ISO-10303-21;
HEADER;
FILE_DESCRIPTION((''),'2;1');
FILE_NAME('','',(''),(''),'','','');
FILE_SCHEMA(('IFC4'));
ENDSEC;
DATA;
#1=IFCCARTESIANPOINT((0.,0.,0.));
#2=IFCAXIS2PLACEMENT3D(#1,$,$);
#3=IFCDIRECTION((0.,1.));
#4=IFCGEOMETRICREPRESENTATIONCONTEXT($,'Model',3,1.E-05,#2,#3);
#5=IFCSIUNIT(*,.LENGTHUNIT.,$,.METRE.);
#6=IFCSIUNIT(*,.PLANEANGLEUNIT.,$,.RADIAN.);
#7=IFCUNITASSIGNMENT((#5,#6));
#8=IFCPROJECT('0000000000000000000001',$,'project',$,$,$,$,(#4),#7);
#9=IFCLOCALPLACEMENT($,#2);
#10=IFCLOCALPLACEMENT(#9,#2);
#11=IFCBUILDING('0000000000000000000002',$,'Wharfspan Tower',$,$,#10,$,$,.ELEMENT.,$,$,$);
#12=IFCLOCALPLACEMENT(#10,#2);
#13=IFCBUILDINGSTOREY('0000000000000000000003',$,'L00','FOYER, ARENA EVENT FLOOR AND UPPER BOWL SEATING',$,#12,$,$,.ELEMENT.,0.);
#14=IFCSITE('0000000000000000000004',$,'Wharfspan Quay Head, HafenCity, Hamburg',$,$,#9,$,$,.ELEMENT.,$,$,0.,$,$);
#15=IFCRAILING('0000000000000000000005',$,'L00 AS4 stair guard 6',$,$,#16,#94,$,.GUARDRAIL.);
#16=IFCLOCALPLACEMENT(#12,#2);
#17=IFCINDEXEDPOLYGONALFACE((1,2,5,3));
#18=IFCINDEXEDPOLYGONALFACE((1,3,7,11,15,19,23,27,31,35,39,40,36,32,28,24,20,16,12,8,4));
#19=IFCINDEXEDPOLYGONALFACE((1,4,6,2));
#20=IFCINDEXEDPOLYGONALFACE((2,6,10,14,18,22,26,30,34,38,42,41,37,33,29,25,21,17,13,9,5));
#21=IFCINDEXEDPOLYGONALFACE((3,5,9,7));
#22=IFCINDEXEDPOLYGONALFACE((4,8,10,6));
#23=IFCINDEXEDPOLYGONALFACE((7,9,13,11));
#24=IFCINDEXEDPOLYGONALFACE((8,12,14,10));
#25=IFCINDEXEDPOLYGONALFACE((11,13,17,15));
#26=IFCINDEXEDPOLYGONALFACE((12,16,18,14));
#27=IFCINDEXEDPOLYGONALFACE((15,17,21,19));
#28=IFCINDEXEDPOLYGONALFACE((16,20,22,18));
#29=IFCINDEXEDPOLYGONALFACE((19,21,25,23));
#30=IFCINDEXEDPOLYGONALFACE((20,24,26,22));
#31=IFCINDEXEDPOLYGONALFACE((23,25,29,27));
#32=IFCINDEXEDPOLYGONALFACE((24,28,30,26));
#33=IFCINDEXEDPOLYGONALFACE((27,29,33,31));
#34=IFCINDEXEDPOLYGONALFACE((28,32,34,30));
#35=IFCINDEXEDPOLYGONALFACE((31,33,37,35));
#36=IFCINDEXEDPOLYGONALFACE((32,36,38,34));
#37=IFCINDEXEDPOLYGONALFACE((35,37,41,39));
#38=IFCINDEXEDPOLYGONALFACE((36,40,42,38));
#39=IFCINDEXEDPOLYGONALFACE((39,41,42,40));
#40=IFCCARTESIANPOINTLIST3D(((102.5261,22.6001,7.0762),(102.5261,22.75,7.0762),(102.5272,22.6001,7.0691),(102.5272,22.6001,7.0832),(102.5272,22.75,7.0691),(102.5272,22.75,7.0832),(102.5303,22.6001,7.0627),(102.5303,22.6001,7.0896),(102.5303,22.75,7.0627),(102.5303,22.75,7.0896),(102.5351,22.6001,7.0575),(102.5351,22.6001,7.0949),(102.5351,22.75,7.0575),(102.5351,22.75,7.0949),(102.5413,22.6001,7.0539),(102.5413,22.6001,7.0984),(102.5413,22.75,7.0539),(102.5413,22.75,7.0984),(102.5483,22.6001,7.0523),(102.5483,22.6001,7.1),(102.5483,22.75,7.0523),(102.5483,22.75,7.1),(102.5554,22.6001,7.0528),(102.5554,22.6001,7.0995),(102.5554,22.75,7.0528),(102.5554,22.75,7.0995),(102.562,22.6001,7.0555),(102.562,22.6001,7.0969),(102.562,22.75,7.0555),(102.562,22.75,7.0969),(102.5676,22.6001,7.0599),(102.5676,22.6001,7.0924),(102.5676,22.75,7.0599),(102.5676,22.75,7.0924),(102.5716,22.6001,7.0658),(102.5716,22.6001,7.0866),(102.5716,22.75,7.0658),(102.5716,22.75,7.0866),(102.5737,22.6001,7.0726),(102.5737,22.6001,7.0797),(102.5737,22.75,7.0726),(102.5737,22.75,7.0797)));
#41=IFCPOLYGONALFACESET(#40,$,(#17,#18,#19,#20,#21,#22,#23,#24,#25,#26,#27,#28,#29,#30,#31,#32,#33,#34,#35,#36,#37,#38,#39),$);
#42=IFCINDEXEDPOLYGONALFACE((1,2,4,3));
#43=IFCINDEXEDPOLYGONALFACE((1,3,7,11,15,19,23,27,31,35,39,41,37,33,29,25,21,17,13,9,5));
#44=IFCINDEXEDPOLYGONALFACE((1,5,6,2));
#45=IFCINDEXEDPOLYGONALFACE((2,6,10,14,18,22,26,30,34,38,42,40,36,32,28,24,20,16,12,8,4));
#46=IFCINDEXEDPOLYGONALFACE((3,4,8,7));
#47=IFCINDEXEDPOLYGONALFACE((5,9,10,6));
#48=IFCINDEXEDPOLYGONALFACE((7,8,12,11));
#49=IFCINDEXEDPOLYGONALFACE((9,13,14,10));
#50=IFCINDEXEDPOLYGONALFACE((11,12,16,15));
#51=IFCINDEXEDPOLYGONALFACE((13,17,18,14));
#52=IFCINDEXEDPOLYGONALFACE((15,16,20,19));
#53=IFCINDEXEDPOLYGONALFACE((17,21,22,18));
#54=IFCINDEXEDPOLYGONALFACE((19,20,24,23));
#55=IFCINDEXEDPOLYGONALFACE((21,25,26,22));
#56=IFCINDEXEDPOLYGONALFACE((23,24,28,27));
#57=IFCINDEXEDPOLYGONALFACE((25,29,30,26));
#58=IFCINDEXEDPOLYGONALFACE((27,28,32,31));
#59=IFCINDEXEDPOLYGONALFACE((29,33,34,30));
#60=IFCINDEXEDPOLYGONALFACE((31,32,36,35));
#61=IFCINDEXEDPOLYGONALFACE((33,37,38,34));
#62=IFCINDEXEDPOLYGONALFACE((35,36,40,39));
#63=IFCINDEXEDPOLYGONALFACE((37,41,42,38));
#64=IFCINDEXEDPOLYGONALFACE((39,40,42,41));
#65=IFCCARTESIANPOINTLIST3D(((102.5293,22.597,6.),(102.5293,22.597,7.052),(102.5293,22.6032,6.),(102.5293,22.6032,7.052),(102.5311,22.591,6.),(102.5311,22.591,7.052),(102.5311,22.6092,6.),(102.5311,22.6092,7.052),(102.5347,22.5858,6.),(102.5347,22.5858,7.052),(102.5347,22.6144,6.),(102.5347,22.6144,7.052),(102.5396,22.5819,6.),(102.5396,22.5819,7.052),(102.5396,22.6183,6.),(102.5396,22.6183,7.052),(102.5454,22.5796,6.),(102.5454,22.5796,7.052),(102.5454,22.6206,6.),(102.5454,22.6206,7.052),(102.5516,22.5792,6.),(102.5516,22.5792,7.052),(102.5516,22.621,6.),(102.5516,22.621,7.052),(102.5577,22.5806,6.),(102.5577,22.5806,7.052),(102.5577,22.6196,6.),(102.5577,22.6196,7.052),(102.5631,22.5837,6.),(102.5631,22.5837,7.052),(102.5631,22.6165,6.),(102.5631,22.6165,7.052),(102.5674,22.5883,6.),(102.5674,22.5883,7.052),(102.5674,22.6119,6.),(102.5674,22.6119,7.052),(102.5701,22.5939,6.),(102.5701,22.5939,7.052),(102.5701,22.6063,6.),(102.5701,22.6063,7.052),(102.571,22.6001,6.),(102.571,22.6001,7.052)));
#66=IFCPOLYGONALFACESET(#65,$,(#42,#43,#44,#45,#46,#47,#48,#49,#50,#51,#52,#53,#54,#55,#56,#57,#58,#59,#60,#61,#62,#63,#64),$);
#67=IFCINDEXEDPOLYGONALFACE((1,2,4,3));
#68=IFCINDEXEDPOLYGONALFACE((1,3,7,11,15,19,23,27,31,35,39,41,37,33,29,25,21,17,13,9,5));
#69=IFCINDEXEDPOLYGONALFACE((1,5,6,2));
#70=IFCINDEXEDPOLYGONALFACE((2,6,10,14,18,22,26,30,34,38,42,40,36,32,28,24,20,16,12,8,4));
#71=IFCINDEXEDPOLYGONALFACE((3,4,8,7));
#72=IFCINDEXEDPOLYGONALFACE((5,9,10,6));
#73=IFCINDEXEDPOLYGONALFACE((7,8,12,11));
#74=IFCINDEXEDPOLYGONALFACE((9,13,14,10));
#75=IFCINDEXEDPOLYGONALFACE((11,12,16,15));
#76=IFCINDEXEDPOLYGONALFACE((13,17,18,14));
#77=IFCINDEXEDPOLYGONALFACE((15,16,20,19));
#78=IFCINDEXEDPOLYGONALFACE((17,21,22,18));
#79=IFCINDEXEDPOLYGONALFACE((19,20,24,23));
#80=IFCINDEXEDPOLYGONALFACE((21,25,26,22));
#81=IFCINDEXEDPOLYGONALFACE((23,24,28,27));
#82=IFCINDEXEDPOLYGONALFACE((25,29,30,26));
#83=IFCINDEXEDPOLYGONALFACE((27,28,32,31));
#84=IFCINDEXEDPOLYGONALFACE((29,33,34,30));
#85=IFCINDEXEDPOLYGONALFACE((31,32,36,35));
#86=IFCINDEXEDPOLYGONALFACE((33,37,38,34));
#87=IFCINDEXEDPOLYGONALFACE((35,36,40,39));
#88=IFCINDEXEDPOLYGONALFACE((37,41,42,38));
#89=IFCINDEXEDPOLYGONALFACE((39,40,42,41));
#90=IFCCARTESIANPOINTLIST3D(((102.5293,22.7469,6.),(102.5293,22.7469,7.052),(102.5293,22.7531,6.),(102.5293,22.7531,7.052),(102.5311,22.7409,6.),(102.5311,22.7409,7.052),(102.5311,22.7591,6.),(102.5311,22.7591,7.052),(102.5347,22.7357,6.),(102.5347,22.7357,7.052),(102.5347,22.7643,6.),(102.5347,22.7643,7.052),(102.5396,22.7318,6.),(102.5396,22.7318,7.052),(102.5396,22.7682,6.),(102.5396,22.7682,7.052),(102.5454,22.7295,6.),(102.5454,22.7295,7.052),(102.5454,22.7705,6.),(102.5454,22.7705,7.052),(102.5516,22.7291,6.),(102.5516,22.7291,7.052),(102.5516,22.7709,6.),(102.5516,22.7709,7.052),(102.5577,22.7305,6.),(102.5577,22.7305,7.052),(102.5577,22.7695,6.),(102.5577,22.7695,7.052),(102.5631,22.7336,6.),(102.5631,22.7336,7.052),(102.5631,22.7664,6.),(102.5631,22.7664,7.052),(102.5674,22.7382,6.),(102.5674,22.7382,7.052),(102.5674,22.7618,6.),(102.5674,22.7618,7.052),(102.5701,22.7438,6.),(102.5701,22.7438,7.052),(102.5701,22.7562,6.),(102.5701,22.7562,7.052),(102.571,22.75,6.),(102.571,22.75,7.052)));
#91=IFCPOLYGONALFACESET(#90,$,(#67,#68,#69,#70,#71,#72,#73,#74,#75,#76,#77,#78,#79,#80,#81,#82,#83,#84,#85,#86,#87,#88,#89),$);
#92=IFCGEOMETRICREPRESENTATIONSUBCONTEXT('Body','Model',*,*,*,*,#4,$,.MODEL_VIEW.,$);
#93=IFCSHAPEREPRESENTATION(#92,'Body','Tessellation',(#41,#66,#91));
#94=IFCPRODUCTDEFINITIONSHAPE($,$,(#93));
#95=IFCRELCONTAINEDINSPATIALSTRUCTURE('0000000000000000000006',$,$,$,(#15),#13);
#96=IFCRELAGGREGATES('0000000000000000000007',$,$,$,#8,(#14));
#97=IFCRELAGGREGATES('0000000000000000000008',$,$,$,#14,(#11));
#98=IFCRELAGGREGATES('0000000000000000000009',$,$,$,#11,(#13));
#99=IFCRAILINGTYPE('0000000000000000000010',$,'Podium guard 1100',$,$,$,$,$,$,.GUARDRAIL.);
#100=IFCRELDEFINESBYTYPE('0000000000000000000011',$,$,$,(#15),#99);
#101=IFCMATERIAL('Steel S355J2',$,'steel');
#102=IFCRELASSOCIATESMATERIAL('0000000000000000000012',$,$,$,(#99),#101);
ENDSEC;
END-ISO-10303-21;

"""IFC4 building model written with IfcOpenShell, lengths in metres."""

from ifc_helpers import new_model, si_unit, direction, frame, origin, origin_2d, place, context, subcontext, project, spatial, circle, extrude, material, type_object, element, save


model = new_model("IFC4")

# Units and contexts
model_context = context("Model", 3, precision=1e-05, world=origin(), true_north=direction((0.0, 1.0)))
body_context = subcontext(model_context, "Body", "Model", "MODEL_VIEW")
ifc_project = project(units=[si_unit("LENGTHUNIT", "METRE"), si_unit("PLANEANGLEUNIT", "RADIAN")], contexts=[model_context])

# Site, building, storey
site_placement = place(None, origin())
site = spatial("IfcSite", under=ifc_project, at=site_placement, Name="Wharfspan Quay Head, HafenCity, Hamburg", CompositionType="ELEMENT", RefElevation=0.0)
building_placement = place(site_placement, origin())
building = spatial("IfcBuilding", under=site, at=building_placement, Name="Wharfspan Tower", CompositionType="ELEMENT")
storey_placement = place(building_placement, origin())
storey = spatial("IfcBuildingStorey", under=building, at=storey_placement, Name="L00", Description="FOYER, ARENA EVENT FLOOR AND UPPER BOWL SEATING", CompositionType="ELEMENT", Elevation=0.0)

# Shared definitions
ifc_material_1 = material(Name="Steel S355J2", Category="steel")

# Railing
railing_type_1 = type_object("IfcRailingType", Name="Podium guard 1100", PredefinedType="GUARDRAIL", material=ifc_material_1)
railing_1_placement = place(storey_placement, frame((102.55, 22.6001, 6.0)))
element("IfcRailing", 1, at=railing_1_placement, inside=storey, type_object=railing_type_1, Name="L00 AS4 stair guard 6", PredefinedType="GUARDRAIL", context=body_context, shape_type="SweptSolid", body=[
    extrude(circle(Radius=0.0239, at=origin_2d()), frame((0.0, 0.0, 1.0762), z_axis=(0.0, 1.0, 0.0), x_axis=(-1.0, 0.0, 0.0)), (0.0, 0.0, 1.0), 0.1499),
    extrude(circle(Radius=0.021, at=origin_2d()), origin(), (0.0, 0.0, 1.0), 1.052),
    extrude(circle(Radius=0.021, at=origin_2d()), frame((0.0, 0.1499, 0.0)), (0.0, 0.0, 1.0), 1.052),
])

save(model, "model.ifc")
